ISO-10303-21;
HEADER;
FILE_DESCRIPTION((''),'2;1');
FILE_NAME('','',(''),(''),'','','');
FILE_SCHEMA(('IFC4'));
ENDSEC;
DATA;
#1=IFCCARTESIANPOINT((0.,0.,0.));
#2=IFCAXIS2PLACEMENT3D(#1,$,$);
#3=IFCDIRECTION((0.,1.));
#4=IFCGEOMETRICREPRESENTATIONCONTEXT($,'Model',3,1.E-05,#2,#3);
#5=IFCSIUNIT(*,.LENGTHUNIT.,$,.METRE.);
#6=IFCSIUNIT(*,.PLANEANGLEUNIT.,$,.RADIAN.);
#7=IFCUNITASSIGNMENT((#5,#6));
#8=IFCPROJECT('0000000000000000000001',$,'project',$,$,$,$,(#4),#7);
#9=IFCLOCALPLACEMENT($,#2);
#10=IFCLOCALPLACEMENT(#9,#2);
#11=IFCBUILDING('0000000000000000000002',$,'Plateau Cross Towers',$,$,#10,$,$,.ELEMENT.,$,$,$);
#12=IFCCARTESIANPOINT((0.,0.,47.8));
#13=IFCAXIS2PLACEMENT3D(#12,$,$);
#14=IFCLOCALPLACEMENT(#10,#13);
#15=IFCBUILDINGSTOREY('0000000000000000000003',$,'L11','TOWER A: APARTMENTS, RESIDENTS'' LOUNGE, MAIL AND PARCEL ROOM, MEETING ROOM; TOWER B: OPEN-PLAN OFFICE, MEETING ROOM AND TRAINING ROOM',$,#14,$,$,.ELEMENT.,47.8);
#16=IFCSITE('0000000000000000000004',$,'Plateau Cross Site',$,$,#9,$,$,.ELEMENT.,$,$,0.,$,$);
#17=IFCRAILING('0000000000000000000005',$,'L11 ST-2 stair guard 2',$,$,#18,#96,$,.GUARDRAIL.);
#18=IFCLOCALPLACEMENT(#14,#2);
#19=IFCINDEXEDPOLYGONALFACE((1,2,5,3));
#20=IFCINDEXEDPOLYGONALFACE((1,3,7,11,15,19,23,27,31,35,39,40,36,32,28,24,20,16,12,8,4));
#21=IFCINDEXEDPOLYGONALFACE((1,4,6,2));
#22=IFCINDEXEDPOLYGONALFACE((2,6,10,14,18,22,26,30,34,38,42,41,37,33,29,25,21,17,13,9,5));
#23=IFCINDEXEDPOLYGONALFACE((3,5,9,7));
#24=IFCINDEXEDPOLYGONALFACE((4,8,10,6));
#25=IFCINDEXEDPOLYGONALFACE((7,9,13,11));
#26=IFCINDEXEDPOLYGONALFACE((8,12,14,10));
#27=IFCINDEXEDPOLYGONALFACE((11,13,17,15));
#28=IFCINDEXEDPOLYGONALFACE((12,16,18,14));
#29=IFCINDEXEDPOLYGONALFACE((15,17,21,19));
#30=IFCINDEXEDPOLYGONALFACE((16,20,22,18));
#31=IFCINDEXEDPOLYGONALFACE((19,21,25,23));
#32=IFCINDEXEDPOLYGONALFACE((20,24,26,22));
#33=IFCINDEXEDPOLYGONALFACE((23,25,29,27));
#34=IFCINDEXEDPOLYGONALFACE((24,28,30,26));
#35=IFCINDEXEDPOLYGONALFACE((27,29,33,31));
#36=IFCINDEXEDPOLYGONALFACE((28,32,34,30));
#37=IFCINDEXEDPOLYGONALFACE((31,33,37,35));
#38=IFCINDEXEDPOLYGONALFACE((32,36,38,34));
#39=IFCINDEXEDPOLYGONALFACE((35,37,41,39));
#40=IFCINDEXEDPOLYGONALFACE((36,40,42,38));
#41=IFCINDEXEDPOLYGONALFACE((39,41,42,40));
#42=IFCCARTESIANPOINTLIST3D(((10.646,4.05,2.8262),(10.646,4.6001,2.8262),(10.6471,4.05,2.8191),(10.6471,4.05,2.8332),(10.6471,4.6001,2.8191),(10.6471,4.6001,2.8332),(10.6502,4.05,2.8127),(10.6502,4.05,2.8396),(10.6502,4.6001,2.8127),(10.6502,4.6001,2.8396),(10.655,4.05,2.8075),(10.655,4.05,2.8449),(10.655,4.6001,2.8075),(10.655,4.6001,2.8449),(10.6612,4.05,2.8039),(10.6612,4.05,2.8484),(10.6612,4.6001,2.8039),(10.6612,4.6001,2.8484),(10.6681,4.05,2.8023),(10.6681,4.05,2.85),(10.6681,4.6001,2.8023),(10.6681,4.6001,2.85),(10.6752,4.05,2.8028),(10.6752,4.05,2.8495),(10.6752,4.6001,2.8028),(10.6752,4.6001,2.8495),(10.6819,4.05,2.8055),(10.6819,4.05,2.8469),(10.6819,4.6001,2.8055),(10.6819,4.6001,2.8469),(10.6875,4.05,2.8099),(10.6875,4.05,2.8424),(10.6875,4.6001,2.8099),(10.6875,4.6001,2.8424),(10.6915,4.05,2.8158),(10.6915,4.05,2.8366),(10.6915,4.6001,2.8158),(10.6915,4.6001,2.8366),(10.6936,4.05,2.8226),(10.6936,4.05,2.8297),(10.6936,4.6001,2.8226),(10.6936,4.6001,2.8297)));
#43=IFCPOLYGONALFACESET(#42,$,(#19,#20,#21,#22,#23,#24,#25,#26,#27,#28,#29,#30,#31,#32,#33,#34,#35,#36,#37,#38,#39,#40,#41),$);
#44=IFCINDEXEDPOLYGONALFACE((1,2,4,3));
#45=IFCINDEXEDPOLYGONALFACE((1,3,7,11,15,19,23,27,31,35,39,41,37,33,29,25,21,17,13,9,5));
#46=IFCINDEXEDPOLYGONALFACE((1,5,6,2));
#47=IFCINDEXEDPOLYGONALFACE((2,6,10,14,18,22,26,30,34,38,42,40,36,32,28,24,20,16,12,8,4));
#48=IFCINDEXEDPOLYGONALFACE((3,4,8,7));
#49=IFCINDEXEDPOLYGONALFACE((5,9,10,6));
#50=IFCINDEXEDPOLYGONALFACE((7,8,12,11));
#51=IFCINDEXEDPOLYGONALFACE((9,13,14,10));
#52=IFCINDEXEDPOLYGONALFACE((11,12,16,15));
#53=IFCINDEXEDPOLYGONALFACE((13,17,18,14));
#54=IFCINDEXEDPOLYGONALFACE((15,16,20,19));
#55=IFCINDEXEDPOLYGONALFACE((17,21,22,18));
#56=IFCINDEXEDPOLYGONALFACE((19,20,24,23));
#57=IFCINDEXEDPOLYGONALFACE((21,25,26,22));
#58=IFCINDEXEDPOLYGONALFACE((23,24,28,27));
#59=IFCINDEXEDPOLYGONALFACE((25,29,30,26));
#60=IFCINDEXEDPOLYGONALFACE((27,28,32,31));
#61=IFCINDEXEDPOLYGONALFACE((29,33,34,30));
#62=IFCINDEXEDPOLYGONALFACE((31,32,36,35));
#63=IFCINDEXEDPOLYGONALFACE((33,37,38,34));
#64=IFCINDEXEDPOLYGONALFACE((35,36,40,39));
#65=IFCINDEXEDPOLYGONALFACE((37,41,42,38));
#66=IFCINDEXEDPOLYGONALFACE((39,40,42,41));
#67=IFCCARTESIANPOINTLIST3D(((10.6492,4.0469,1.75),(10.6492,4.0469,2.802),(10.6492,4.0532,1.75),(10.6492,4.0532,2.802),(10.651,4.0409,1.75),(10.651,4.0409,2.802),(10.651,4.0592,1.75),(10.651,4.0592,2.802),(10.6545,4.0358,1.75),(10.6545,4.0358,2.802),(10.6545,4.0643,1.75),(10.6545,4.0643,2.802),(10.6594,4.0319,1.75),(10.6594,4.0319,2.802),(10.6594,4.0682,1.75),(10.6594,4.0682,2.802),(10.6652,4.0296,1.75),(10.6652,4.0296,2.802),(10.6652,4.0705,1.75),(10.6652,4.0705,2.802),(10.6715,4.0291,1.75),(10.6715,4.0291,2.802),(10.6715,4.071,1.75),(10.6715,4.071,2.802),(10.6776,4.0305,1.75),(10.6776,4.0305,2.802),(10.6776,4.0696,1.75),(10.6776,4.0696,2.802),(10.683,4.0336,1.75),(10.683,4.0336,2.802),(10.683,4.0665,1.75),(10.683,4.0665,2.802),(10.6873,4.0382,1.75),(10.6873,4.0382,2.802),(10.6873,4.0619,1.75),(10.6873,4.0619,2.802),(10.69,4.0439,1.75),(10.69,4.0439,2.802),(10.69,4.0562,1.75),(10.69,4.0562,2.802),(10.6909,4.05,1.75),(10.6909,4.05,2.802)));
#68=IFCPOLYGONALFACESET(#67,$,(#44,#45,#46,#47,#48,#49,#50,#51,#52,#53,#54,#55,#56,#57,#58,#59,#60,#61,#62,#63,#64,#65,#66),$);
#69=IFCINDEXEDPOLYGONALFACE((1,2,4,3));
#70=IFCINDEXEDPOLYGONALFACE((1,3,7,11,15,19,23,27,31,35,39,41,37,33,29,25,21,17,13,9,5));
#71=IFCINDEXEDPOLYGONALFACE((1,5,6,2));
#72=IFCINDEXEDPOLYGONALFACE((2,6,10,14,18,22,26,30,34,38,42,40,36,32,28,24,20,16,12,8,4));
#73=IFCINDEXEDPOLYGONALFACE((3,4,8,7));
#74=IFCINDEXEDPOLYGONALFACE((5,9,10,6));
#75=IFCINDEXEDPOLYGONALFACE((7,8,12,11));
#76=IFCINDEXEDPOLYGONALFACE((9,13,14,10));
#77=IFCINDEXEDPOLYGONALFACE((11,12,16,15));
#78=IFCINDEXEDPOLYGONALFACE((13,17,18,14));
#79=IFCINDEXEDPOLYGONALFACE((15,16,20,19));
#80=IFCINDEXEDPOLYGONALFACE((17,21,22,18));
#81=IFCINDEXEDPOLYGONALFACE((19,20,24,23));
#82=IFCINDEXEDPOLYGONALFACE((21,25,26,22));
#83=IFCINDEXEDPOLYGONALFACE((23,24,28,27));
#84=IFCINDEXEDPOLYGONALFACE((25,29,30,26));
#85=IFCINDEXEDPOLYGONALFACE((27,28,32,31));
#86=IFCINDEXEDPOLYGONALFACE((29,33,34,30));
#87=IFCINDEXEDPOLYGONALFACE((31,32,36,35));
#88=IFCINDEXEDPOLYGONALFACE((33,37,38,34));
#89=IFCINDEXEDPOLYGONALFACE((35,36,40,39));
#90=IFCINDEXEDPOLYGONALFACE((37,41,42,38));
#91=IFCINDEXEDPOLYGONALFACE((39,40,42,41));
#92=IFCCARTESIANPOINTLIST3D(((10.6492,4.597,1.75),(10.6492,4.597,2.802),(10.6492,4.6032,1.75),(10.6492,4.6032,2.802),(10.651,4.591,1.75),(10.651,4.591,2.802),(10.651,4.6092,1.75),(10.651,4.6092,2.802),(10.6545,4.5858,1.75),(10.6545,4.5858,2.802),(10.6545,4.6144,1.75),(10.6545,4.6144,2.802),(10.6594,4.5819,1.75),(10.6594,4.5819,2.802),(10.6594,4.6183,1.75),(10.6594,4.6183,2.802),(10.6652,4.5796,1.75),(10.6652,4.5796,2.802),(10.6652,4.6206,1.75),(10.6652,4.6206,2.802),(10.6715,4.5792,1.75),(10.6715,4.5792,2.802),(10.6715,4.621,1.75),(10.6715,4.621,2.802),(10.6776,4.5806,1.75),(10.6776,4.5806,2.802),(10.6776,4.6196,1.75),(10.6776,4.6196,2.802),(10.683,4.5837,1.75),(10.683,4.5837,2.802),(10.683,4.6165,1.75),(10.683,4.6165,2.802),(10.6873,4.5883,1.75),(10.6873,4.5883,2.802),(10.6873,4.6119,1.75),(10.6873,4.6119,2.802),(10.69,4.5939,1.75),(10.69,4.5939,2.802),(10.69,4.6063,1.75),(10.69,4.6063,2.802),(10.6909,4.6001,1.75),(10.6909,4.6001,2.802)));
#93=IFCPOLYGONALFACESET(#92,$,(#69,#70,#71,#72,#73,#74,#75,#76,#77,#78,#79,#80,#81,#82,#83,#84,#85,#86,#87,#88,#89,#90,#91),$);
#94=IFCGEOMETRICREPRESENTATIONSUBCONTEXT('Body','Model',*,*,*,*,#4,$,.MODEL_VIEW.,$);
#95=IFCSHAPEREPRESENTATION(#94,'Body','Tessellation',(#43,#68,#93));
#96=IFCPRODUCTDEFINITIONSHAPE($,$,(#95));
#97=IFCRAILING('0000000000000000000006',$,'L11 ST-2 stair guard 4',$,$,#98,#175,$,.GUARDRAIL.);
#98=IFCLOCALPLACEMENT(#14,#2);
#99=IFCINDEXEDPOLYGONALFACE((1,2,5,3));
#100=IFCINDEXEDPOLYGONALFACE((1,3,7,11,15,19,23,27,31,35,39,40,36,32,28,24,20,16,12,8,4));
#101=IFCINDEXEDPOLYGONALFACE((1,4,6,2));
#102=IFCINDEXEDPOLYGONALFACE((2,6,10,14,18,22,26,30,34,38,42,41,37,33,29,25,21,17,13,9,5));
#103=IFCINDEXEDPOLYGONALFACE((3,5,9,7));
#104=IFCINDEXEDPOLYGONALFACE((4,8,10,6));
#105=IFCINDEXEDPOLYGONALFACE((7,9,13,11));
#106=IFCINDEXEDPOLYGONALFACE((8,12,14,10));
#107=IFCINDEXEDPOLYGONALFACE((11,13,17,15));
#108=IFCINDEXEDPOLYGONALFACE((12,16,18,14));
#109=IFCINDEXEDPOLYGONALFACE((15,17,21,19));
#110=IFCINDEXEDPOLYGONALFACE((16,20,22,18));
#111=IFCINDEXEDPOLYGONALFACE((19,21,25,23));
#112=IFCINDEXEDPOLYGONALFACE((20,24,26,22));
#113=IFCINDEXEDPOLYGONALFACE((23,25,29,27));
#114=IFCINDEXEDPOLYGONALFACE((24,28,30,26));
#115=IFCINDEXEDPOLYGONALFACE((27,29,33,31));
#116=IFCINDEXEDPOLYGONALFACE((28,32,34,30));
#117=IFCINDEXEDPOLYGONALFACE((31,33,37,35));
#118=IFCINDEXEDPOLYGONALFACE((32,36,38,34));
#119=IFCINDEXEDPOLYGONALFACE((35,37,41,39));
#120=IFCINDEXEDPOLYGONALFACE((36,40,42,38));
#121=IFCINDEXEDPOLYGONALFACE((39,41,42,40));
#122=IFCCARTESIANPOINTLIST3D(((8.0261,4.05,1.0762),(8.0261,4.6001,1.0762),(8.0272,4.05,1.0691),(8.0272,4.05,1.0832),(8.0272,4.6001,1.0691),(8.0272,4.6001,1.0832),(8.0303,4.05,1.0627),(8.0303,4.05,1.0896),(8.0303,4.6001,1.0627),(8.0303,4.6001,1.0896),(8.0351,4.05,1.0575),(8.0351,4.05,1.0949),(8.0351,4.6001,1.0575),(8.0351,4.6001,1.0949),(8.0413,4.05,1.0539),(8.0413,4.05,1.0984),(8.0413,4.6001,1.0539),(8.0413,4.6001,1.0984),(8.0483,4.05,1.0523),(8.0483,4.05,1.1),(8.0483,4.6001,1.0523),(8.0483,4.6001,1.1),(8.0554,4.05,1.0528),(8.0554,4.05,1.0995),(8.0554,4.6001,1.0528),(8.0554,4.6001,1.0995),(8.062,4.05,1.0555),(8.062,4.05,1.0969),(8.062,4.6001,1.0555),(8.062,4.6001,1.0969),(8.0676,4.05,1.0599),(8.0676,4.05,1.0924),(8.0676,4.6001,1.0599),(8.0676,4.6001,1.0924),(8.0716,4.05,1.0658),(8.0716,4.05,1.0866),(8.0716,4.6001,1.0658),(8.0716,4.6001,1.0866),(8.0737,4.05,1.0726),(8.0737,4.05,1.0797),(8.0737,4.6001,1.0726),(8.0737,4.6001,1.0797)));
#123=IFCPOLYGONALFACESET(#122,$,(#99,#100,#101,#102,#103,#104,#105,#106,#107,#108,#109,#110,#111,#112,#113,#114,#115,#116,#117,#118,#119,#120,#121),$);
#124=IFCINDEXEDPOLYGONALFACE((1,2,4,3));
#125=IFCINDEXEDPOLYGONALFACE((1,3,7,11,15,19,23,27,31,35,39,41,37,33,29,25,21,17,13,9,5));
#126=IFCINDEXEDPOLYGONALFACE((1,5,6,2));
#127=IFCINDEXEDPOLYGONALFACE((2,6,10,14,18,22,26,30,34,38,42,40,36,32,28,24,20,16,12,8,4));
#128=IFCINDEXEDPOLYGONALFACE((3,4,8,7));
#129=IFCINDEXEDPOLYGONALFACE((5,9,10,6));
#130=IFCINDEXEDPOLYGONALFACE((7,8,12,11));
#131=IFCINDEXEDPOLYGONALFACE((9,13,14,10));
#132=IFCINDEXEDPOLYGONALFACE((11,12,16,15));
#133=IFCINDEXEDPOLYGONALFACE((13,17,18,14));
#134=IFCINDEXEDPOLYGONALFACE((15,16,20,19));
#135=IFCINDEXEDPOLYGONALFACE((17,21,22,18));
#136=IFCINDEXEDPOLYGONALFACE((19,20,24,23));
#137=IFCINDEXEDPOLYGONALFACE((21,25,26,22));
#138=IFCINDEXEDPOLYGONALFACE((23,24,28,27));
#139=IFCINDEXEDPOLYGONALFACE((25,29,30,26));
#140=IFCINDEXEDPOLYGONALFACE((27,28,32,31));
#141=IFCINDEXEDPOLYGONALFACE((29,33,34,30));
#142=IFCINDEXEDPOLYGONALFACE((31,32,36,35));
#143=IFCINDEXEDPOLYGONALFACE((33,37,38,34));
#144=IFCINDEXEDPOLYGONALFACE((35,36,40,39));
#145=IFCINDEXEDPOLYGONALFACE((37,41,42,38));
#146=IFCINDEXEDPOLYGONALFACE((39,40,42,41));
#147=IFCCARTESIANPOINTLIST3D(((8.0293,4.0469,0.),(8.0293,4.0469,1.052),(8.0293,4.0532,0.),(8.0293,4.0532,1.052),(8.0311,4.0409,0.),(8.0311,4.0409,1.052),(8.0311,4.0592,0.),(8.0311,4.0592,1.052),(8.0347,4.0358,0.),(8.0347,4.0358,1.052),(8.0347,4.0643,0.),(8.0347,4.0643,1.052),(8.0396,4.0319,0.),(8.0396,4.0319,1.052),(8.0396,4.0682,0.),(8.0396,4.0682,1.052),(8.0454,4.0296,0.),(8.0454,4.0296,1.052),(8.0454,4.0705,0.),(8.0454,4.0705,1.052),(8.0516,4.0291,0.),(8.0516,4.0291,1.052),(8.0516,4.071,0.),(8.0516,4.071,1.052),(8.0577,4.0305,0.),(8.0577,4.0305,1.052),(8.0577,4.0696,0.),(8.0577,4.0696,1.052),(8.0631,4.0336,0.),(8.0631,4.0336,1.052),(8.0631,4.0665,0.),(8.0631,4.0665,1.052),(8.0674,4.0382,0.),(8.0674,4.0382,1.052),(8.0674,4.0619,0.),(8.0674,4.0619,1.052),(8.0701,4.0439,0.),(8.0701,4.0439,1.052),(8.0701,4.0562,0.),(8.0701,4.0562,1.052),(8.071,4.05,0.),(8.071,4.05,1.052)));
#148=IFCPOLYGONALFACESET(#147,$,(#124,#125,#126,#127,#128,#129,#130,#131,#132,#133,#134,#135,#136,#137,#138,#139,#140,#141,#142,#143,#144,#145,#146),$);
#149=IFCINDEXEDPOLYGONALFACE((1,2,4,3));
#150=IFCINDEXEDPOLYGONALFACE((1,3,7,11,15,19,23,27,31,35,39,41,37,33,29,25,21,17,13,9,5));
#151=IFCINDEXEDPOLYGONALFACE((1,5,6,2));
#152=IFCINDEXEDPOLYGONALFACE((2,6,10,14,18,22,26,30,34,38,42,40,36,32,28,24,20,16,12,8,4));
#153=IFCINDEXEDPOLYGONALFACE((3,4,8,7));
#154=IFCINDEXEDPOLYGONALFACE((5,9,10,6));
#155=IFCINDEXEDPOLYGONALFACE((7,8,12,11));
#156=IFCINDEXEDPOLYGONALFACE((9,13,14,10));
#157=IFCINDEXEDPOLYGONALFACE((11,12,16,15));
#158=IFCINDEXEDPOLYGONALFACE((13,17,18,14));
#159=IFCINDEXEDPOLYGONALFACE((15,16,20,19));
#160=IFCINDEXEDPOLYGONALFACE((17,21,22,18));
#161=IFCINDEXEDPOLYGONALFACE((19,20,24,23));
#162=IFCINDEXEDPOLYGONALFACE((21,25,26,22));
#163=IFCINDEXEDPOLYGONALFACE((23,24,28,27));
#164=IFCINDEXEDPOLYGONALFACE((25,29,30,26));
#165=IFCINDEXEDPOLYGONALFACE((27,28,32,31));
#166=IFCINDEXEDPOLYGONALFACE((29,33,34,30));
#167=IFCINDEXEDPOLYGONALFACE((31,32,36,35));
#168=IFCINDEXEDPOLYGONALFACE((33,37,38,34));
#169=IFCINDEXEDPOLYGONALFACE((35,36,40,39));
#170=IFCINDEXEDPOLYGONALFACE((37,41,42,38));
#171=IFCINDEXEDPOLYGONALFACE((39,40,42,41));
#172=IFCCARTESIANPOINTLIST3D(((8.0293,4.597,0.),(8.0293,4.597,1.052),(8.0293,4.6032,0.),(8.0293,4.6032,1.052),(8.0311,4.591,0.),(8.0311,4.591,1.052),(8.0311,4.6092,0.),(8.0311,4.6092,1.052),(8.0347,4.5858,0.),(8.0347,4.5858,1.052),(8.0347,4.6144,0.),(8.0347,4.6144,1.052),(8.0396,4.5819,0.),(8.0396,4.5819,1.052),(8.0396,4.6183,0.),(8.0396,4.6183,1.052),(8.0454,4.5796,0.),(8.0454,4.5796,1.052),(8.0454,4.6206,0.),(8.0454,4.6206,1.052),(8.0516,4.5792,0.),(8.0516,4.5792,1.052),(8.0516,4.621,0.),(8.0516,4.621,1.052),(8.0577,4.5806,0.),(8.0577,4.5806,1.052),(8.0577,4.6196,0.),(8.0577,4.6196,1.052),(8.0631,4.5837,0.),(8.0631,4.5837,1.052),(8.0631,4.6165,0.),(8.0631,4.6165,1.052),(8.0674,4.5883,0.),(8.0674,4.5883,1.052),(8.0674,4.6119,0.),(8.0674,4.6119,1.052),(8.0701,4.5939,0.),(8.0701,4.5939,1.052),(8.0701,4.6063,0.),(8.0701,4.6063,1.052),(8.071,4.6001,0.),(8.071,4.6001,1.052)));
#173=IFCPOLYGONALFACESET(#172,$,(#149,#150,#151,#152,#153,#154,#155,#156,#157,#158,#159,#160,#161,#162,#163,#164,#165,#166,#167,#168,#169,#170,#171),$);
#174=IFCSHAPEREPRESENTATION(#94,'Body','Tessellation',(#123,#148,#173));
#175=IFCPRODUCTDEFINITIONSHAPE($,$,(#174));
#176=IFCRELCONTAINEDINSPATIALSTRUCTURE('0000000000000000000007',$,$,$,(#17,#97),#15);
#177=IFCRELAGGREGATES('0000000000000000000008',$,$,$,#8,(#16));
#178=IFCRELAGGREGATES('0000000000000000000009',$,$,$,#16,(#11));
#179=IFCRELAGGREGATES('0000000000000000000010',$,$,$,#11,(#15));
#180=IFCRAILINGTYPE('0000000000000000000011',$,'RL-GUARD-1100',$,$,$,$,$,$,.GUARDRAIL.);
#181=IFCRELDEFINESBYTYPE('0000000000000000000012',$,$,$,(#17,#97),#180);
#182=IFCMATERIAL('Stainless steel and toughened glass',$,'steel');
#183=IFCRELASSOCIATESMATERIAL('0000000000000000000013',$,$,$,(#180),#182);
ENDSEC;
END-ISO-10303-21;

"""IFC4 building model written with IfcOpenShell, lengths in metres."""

from ifc_helpers import new_model, si_unit, direction, frame, origin, origin_2d, place, context, subcontext, project, spatial, circle, extrude, material, type_object, element, save


model = new_model("IFC4")

# Units and contexts
model_context = context("Model", 3, precision=1e-05, world=origin(), true_north=direction((0.0, 1.0)))
body_context = subcontext(model_context, "Body", "Model", "MODEL_VIEW")
ifc_project = project(units=[si_unit("LENGTHUNIT", "METRE"), si_unit("PLANEANGLEUNIT", "RADIAN")], contexts=[model_context])

# Site, building, storey
site_placement = place(None, origin())
site = spatial("IfcSite", under=ifc_project, at=site_placement, Name="Plateau Cross Site", CompositionType="ELEMENT", RefElevation=0.0)
building_placement = place(site_placement, origin())
building = spatial("IfcBuilding", under=site, at=building_placement, Name="Plateau Cross Towers", CompositionType="ELEMENT")
storey_placement = place(building_placement, frame((0.0, 0.0, 47.8)))
storey = spatial("IfcBuildingStorey", under=building, at=storey_placement, Name="L11", Description="TOWER A: APARTMENTS, RESIDENTS' LOUNGE, MAIL AND PARCEL ROOM, MEETING ROOM; TOWER B: OPEN-PLAN OFFICE, MEETING ROOM AND TRAINING ROOM", CompositionType="ELEMENT", Elevation=47.8)

# Railings
ifc_material_1 = material(Name="Stainless steel and toughened glass", Category="steel")
railing_type_1 = type_object("IfcRailingType", Name="RL-GUARD-1100", PredefinedType="GUARDRAIL", material=ifc_material_1)
for number, where, name in (
    (1, (10.6699, 4.05, 1.75), "L11 ST-2 stair guard 2"),
    (2, (8.05, 4.05, 0.0), "L11 ST-2 stair guard 4"),
):
    element("IfcRailing", number, at=place(storey_placement, frame(where)), inside=storey, type_object=railing_type_1, Name=name, PredefinedType="GUARDRAIL", context=body_context, shape_type="SweptSolid", body=[
        extrude(circle(Radius=0.0239, at=origin_2d()), frame((0.0, 0.0, 1.0762), z_axis=(0.0, 1.0, 0.0), x_axis=(-1.0, 0.0, 0.0)), (0.0, 0.0, 1.0), 0.55),
        extrude(circle(Radius=0.021, at=origin_2d()), origin(), (0.0, 0.0, 1.0), 1.052),
        extrude(circle(Radius=0.021, at=origin_2d()), frame((0.0, 0.55, 0.0)), (0.0, 0.0, 1.0), 1.052),
    ])

save(model, "model.ifc")
